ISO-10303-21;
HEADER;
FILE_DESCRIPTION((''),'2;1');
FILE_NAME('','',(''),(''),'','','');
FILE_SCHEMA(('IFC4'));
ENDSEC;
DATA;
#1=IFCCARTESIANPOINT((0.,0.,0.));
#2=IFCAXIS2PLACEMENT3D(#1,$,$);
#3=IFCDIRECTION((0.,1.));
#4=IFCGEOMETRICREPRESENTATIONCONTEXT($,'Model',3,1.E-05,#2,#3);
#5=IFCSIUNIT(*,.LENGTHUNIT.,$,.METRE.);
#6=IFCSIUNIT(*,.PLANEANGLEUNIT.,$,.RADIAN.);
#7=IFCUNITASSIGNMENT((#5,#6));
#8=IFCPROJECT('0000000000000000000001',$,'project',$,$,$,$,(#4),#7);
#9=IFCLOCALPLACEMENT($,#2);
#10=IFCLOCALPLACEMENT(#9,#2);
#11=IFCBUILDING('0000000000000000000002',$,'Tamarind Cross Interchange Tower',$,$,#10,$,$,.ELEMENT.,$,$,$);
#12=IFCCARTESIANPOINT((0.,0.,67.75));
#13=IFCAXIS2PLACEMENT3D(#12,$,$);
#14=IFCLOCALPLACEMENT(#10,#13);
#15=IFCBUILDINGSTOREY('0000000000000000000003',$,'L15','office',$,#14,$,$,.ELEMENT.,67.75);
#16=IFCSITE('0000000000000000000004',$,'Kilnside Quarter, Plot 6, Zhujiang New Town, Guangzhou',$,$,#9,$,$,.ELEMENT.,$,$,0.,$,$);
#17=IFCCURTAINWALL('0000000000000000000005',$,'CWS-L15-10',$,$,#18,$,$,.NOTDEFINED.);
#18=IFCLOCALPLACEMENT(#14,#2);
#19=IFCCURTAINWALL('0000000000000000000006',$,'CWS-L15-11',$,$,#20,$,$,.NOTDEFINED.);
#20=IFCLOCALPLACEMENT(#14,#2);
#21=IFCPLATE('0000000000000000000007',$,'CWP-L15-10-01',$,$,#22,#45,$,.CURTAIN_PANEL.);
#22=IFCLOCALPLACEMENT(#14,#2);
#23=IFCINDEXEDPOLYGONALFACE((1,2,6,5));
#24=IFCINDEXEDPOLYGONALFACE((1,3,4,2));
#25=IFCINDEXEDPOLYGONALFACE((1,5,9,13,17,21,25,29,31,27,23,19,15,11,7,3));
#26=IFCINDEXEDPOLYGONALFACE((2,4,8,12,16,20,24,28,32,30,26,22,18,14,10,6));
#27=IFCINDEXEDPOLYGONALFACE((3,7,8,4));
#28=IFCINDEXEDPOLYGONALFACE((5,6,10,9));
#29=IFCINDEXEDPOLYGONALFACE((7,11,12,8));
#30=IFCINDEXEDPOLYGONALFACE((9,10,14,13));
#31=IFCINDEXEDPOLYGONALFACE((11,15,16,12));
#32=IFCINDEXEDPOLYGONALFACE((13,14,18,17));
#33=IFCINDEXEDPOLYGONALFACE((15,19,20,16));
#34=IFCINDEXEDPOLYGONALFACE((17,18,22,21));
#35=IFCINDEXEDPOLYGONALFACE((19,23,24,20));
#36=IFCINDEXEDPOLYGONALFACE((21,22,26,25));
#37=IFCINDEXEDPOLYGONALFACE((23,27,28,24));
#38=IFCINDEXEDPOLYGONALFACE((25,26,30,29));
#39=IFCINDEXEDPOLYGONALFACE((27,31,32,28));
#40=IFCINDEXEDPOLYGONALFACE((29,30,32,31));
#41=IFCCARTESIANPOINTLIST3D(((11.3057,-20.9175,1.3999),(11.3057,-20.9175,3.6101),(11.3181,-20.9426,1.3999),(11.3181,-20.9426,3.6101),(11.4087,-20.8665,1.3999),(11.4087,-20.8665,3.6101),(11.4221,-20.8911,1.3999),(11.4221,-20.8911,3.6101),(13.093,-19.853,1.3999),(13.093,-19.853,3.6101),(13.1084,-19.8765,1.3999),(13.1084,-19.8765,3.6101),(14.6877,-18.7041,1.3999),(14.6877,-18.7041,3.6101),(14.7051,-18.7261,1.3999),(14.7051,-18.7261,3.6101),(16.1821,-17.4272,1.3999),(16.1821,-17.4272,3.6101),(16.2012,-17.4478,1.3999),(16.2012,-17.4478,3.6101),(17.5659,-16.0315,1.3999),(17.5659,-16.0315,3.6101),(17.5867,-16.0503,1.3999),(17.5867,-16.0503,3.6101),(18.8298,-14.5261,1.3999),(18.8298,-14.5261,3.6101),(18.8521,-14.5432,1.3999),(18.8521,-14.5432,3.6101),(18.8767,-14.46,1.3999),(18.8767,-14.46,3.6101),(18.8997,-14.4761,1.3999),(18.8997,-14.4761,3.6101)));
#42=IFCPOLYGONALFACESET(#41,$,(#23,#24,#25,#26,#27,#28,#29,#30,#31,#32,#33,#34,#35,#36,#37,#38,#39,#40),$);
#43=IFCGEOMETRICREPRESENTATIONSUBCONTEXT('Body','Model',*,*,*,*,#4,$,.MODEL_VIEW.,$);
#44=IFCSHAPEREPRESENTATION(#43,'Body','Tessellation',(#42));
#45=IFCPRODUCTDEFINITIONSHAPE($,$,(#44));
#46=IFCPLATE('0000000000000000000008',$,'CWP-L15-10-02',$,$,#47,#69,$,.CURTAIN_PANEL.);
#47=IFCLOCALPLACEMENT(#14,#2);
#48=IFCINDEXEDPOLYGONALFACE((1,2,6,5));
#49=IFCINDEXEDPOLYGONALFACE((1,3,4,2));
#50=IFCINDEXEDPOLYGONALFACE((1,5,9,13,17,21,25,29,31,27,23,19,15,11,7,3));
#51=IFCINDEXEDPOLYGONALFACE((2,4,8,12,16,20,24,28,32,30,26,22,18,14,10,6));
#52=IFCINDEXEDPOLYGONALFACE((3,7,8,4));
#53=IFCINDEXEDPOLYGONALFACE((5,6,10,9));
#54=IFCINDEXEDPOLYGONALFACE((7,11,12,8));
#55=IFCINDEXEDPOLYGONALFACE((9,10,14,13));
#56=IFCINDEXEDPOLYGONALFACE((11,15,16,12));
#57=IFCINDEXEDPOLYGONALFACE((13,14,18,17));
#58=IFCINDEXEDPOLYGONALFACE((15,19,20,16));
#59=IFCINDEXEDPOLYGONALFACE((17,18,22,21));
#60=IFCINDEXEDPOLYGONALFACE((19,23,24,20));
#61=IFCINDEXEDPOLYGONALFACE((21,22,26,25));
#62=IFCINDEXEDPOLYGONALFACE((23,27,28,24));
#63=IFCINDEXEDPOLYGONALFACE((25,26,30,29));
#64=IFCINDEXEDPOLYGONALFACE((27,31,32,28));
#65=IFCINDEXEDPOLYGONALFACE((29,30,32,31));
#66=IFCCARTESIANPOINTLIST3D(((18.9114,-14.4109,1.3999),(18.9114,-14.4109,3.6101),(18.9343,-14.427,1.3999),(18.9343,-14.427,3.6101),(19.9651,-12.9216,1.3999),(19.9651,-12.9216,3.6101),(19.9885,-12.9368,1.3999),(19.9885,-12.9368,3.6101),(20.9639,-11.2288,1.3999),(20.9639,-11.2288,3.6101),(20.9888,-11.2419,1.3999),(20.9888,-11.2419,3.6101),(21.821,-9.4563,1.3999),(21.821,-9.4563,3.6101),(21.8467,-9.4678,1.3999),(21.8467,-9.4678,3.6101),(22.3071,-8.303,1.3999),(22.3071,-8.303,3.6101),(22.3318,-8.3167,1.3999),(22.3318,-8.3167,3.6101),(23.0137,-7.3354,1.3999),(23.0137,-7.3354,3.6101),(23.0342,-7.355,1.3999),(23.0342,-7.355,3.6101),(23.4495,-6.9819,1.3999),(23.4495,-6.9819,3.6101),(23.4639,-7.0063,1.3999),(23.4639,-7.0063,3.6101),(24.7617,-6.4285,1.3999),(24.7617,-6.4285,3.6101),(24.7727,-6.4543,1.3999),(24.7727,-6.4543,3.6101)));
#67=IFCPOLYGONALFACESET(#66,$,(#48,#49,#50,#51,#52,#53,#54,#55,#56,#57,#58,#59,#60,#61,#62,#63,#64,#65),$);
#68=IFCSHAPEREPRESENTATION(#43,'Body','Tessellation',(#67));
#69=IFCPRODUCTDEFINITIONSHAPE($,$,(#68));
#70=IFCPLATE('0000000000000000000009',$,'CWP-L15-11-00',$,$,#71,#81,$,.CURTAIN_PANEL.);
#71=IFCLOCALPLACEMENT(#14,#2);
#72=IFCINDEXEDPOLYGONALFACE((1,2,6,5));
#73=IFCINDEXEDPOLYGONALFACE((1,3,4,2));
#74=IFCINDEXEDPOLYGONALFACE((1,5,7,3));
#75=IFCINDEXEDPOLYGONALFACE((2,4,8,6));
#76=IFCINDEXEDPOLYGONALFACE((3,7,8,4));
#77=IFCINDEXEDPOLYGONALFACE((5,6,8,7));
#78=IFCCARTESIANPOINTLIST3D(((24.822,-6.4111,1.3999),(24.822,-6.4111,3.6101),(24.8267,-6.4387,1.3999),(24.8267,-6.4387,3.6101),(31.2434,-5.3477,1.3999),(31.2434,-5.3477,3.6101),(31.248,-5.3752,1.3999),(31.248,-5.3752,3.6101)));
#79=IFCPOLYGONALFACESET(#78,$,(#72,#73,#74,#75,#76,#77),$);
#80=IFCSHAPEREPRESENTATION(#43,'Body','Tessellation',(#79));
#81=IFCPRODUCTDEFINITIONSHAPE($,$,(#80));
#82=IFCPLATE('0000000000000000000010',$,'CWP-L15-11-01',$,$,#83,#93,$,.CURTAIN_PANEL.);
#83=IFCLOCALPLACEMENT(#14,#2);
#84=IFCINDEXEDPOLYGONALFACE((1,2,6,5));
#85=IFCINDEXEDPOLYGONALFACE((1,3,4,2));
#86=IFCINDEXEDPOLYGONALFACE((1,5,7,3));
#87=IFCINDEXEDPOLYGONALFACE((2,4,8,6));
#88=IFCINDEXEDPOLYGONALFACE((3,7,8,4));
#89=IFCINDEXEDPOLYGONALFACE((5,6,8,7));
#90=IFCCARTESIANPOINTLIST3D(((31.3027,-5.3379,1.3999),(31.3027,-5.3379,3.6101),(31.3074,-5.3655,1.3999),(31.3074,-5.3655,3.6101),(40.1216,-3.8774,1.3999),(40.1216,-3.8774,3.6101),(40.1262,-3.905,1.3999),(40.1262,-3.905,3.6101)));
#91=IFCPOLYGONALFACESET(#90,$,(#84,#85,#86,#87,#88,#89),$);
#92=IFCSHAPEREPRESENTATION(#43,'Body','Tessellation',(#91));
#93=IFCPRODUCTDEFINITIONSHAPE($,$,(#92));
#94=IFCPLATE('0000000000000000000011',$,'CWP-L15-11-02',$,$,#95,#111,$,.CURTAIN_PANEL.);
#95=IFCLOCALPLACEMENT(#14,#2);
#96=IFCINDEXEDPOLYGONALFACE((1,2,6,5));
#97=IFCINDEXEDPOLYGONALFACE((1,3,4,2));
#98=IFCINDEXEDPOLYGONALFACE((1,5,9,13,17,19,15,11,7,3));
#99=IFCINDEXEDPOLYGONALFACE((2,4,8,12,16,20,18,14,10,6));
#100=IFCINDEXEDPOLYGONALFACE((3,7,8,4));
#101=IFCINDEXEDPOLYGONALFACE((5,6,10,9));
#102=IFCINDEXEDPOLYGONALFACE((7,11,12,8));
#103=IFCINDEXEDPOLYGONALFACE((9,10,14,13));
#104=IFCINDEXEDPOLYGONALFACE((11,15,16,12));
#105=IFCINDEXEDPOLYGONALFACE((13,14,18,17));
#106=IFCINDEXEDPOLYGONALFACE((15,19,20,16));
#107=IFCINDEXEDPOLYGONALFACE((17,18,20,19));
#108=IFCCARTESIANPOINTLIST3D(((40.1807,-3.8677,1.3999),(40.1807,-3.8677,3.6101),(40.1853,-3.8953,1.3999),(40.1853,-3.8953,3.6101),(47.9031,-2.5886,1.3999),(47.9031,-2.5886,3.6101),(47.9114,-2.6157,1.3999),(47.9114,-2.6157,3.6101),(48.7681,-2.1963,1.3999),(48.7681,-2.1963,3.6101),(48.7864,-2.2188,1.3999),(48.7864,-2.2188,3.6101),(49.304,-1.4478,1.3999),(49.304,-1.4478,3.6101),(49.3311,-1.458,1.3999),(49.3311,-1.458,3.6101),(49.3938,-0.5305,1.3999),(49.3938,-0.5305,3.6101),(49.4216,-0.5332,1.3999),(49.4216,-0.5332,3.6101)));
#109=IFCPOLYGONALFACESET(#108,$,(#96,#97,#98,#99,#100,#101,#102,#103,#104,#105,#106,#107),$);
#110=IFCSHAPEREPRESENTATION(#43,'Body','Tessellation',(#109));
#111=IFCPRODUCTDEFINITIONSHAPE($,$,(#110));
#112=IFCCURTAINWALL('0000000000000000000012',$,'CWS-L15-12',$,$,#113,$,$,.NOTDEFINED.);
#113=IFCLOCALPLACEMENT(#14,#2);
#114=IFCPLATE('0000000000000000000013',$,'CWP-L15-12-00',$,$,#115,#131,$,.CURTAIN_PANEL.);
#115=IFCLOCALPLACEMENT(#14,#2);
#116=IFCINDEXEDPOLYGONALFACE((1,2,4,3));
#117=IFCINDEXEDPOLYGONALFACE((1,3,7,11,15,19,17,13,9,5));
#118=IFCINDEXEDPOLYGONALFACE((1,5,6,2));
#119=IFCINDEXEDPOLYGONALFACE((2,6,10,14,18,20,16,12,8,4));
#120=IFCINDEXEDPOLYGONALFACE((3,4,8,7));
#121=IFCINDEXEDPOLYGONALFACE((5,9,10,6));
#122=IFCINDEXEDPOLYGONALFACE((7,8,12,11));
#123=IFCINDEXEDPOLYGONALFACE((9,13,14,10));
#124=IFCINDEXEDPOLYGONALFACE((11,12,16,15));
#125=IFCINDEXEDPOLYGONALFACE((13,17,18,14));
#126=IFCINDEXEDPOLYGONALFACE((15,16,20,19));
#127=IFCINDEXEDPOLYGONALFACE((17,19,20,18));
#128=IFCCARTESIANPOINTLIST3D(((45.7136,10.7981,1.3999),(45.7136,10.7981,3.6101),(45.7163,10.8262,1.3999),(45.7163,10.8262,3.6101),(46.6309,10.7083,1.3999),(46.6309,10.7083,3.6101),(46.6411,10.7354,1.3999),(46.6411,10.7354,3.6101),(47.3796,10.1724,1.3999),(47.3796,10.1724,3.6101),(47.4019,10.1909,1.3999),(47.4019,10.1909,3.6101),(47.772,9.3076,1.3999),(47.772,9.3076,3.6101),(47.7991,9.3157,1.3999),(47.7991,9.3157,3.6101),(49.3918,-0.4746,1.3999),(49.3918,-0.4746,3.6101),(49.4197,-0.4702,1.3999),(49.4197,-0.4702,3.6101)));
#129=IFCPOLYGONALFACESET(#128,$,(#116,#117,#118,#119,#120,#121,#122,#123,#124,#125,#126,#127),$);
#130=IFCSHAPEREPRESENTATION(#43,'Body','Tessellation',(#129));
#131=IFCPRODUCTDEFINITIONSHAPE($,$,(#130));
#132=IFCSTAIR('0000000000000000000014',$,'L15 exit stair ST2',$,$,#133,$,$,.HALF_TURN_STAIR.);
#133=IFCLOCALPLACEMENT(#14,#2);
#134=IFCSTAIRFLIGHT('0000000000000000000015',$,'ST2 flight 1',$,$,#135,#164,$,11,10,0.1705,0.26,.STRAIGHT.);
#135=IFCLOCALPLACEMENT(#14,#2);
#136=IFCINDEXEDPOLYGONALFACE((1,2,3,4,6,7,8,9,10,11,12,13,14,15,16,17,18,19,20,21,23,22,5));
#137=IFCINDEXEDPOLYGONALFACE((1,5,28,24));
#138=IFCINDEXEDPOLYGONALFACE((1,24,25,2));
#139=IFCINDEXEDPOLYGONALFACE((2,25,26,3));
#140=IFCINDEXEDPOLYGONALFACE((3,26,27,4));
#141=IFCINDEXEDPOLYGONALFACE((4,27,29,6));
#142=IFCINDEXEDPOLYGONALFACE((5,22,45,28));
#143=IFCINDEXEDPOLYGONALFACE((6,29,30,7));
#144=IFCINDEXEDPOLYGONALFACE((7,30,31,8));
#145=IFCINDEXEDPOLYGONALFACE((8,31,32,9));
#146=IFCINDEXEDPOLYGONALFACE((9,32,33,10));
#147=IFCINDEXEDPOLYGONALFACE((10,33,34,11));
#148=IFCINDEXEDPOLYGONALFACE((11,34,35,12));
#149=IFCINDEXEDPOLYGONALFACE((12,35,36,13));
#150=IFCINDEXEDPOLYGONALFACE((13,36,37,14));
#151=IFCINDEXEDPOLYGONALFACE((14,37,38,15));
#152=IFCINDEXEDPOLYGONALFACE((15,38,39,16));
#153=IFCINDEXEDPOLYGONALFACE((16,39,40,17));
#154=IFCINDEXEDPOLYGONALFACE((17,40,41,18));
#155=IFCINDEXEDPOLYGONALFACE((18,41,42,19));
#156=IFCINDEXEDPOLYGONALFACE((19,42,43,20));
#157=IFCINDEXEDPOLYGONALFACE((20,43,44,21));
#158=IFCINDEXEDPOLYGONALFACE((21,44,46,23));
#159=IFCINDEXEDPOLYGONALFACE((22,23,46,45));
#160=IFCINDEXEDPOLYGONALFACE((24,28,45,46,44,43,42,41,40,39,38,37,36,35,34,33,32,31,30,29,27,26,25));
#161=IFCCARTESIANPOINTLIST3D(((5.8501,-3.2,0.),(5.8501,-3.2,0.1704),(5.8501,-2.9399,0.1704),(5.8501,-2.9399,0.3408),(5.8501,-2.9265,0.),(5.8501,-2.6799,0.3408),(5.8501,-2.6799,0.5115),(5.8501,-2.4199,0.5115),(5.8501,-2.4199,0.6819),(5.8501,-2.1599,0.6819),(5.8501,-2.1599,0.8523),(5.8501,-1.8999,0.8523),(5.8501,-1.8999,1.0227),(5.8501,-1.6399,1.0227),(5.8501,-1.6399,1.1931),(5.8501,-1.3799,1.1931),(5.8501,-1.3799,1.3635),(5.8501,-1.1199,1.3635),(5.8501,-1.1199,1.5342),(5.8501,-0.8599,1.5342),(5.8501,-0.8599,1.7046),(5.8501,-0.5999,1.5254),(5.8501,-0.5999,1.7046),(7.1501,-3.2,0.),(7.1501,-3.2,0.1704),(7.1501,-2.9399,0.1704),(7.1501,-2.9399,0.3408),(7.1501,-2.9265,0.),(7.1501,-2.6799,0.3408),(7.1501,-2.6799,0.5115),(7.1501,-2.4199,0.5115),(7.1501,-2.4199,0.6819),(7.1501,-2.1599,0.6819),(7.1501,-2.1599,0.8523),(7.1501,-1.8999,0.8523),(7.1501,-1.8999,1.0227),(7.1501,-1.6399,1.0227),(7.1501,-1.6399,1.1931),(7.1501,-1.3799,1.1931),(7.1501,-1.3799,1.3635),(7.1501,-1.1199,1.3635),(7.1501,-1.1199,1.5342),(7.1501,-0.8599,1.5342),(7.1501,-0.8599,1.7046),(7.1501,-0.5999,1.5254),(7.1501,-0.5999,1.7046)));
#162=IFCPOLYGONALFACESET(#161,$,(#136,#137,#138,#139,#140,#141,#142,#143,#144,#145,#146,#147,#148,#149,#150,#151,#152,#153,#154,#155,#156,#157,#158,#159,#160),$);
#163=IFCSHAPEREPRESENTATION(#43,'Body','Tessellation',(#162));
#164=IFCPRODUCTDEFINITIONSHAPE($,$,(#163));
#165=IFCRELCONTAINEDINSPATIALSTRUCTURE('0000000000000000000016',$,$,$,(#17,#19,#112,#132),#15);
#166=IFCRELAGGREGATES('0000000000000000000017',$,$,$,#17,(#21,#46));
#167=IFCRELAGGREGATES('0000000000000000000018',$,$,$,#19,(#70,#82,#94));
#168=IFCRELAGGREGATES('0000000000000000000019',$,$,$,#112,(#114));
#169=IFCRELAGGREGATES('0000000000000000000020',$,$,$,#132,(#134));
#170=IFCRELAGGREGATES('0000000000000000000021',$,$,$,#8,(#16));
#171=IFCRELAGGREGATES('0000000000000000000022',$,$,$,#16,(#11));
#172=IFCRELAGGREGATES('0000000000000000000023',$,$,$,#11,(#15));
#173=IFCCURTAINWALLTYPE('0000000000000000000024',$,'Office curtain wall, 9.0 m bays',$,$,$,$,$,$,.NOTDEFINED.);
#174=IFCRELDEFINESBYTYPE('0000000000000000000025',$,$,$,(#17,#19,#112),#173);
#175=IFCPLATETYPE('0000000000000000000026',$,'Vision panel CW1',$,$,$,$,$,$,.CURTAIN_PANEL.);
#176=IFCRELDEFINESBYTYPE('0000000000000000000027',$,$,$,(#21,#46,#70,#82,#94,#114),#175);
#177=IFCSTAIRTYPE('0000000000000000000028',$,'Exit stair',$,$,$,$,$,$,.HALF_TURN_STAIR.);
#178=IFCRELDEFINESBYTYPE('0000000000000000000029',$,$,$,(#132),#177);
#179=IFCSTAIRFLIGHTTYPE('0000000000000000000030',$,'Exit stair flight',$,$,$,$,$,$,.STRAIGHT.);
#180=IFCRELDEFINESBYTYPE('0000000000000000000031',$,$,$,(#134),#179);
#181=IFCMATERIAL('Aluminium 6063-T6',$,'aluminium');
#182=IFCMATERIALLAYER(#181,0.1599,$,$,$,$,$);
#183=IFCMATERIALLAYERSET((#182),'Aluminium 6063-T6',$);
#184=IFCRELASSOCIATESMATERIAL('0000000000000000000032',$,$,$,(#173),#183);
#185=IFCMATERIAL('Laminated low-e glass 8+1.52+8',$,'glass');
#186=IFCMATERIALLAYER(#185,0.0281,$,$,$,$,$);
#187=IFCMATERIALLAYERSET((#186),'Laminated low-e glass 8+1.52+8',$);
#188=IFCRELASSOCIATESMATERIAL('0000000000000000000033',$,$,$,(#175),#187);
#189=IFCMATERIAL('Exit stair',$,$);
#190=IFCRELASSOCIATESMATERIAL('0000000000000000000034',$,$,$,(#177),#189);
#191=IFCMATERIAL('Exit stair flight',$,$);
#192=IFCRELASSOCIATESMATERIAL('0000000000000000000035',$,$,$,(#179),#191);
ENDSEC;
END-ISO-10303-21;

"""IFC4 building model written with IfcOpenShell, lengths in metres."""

from ifc_helpers import new_model, si_unit, direction, frame, origin, place, context, subcontext, project, spatial, polyline, outline, extrude, material, layer, layer_set, type_object, element, aggregate, save


model = new_model("IFC4")

# Units and contexts
model_context = context("Model", 3, precision=1e-05, world=origin(), true_north=direction((0.0, 1.0)))
body_context = subcontext(model_context, "Body", "Model", "MODEL_VIEW")
ifc_project = project(units=[si_unit("LENGTHUNIT", "METRE"), si_unit("PLANEANGLEUNIT", "RADIAN")], contexts=[model_context])

# Site, building, storey
site_placement = place(None, origin())
site = spatial("IfcSite", under=ifc_project, at=site_placement, Name="Kilnside Quarter, Plot 6, Zhujiang New Town, Guangzhou", CompositionType="ELEMENT", RefElevation=0.0)
building_placement = place(site_placement, origin())
building = spatial("IfcBuilding", under=site, at=building_placement, Name="Tamarind Cross Interchange Tower", CompositionType="ELEMENT")
storey_placement = place(building_placement, frame((0.0, 0.0, 67.75)))
storey = spatial("IfcBuildingStorey", under=building, at=storey_placement, Name="L15", Description="office", CompositionType="ELEMENT", Elevation=67.75)

# Curtain walls
ifc_material_1 = material(Name="Aluminium 6063-T6", Category="aluminium")
ifc_layer_1 = layer(ifc_material_1, 0.1599)
ifc_layer_set_1 = layer_set([ifc_layer_1], Name="Aluminium 6063-T6")
curtain_wall_type = type_object("IfcCurtainWallType", Name="Office curtain wall, 9.0 m bays", PredefinedType="NOTDEFINED", material=ifc_layer_set_1)
curtain_wall_1_placement = place(storey_placement, origin())
curtain_wall_1 = element("IfcCurtainWall", 1, at=curtain_wall_1_placement, inside=storey, type_object=curtain_wall_type, Name="CWS-L15-10", PredefinedType="NOTDEFINED")
curtain_wall_2_placement = place(storey_placement, origin())
curtain_wall_2 = element("IfcCurtainWall", 2, at=curtain_wall_2_placement, inside=storey, type_object=curtain_wall_type, Name="CWS-L15-11", PredefinedType="NOTDEFINED")

# Plates
ifc_material_2 = material(Name="Laminated low-e glass 8+1.52+8", Category="glass")
ifc_layer_2 = layer(ifc_material_2, 0.0281)
ifc_layer_set_2 = layer_set([ifc_layer_2], Name="Laminated low-e glass 8+1.52+8")
plate_type = type_object("IfcPlateType", Name="Vision panel CW1", PredefinedType="CURTAIN_PANEL", material=ifc_layer_set_2)
plate_1_placement = place(storey_placement, frame((0.0, 0.0, 1.3999)))
plate_1 = element("IfcPlate", 3, at=plate_1_placement, type_object=plate_type, Name="CWP-L15-10-01", PredefinedType="CURTAIN_PANEL", context=body_context, shape_type="SweptSolid", body=[
    extrude(outline(polyline([(11.3057, -20.9175), (11.4087, -20.8665), (13.093, -19.853), (14.6877, -18.7041), (16.1821, -17.4272), (17.5659, -16.0315), (18.8298, -14.5261), (18.8767, -14.46), (18.8997, -14.4761), (18.8521, -14.5432), (17.5867, -16.0503), (16.2012, -17.4478), (14.7051, -18.7261), (13.1084, -19.8765), (11.4221, -20.8911), (11.3181, -20.9426), (11.3057, -20.9175)])), origin(), (0.0, 0.0, 1.0), 2.2102),
])
plate_2_placement = place(storey_placement, frame((0.0, 0.0, 1.3999)))
plate_2 = element("IfcPlate", 4, at=plate_2_placement, type_object=plate_type, Name="CWP-L15-10-02", PredefinedType="CURTAIN_PANEL", context=body_context, shape_type="SweptSolid", body=[
    extrude(outline(polyline([(18.9114, -14.4109), (19.9651, -12.9216), (20.9639, -11.2288), (21.821, -9.4563), (22.3071, -8.303), (23.0137, -7.3354), (23.4495, -6.9819), (24.7617, -6.4285), (24.7727, -6.4543), (23.4639, -7.0063), (23.0342, -7.355), (22.3318, -8.3167), (21.8467, -9.4678), (20.9888, -11.2419), (19.9885, -12.9368), (18.9343, -14.427), (18.9114, -14.4109)])), origin(), (0.0, 0.0, 1.0), 2.2102),
])
aggregate(curtain_wall_1, [plate_1, plate_2])
plate_3_placement = place(storey_placement, frame((0.0, 0.0, 1.3999)))
plate_3 = element("IfcPlate", 5, at=plate_3_placement, type_object=plate_type, Name="CWP-L15-11-00", PredefinedType="CURTAIN_PANEL", context=body_context, shape_type="SweptSolid", body=[
    extrude(outline(polyline([(24.822, -6.4111), (31.2434, -5.3477), (31.248, -5.3752), (24.8267, -6.4387), (24.822, -6.4111)])), origin(), (0.0, 0.0, 1.0), 2.2102),
])
plate_4_placement = place(storey_placement, frame((0.0, 0.0, 1.3999)))
plate_4 = element("IfcPlate", 6, at=plate_4_placement, type_object=plate_type, Name="CWP-L15-11-01", PredefinedType="CURTAIN_PANEL", context=body_context, shape_type="SweptSolid", body=[
    extrude(outline(polyline([(31.3027, -5.3379), (40.1216, -3.8774), (40.1262, -3.905), (31.3074, -5.3655), (31.3027, -5.3379)])), origin(), (0.0, 0.0, 1.0), 2.2102),
])
plate_5_placement = place(storey_placement, frame((0.0, 0.0, 1.3999)))
plate_5 = element("IfcPlate", 7, at=plate_5_placement, type_object=plate_type, Name="CWP-L15-11-02", PredefinedType="CURTAIN_PANEL", context=body_context, shape_type="SweptSolid", body=[
    extrude(outline(polyline([(40.1807, -3.8677), (47.9031, -2.5886), (48.7681, -2.1963), (49.304, -1.4478), (49.3938, -0.5305), (49.4216, -0.5332), (49.3311, -1.458), (48.7864, -2.2188), (47.9114, -2.6157), (40.1853, -3.8953), (40.1807, -3.8677)])), origin(), (0.0, 0.0, 1.0), 2.2102),
])
aggregate(curtain_wall_2, [plate_3, plate_4, plate_5])

# Curtain wall, plate
curtain_wall_3_placement = place(storey_placement, origin())
curtain_wall_3 = element("IfcCurtainWall", 8, at=curtain_wall_3_placement, inside=storey, type_object=curtain_wall_type, Name="CWS-L15-12", PredefinedType="NOTDEFINED")
plate_6_placement = place(storey_placement, frame((0.0, 0.0, 1.3999)))
plate_6 = element("IfcPlate", 9, at=plate_6_placement, type_object=plate_type, Name="CWP-L15-12-00", PredefinedType="CURTAIN_PANEL", context=body_context, shape_type="SweptSolid", body=[
    extrude(outline(polyline([(49.3918, -0.4746), (47.772, 9.3076), (47.3796, 10.1724), (46.6309, 10.7083), (45.7136, 10.7981), (45.7163, 10.8262), (46.6411, 10.7354), (47.4019, 10.1909), (47.7991, 9.3157), (49.4197, -0.4702), (49.3918, -0.4746)])), origin(), (0.0, 0.0, 1.0), 2.2102),
])
aggregate(curtain_wall_3, [plate_6])

# Stair, stair flight
ifc_material_3 = material(Name="Exit stair")
stair_type = type_object("IfcStairType", Name="Exit stair", PredefinedType="HALF_TURN_STAIR", material=ifc_material_3)
stair_placement = place(storey_placement, origin())
stair = element("IfcStair", 10, at=stair_placement, inside=storey, type_object=stair_type, Name="L15 exit stair ST2", PredefinedType="HALF_TURN_STAIR")
ifc_material_4 = material(Name="Exit stair flight")
stair_flight_type = type_object("IfcStairFlightType", Name="Exit stair flight", PredefinedType="STRAIGHT", material=ifc_material_4)
stair_flight_1_placement = place(storey_placement, frame((6.5, -3.2, 0.0), z_axis=(0.0, 0.0, 1.0), x_axis=(0.0, 1.0, 0.0)))
stair_flight_1 = element("IfcStairFlight", 11, at=stair_flight_1_placement, type_object=stair_flight_type, Name="ST2 flight 1", NumberOfRisers=11, NumberOfTreads=10, PredefinedType="STRAIGHT", RiserHeight=0.1705, TreadLength=0.26, context=body_context, shape_type="SweptSolid", body=[
    extrude(outline(polyline([(0.0, 0.0), (0.0, 0.1704), (0.26, 0.1704), (0.26, 0.3408), (0.52, 0.3408), (0.52, 0.5115), (0.78, 0.5115), (0.78, 0.6819), (1.04, 0.6819), (1.04, 0.8523), (1.3, 0.8523), (1.3, 1.0227), (1.5601, 1.0227), (1.5601, 1.1931), (1.8201, 1.1931), (1.8201, 1.3635), (2.0801, 1.3635), (2.0801, 1.5342), (2.3401, 1.5342), (2.3401, 1.7046), (2.6001, 1.7046), (2.6001, 1.875), (2.6001, 1.5254), (0.2734, 0.0), (0.0, 0.0)])), frame((0.0, 0.6499, 0.0), z_axis=(0.0, -1.0, 0.0), x_axis=(1.0, 0.0, 0.0)), (0.0, 0.0, 1.0), 1.3),
])
aggregate(stair, [stair_flight_1])

save(model, "model.ifc")
